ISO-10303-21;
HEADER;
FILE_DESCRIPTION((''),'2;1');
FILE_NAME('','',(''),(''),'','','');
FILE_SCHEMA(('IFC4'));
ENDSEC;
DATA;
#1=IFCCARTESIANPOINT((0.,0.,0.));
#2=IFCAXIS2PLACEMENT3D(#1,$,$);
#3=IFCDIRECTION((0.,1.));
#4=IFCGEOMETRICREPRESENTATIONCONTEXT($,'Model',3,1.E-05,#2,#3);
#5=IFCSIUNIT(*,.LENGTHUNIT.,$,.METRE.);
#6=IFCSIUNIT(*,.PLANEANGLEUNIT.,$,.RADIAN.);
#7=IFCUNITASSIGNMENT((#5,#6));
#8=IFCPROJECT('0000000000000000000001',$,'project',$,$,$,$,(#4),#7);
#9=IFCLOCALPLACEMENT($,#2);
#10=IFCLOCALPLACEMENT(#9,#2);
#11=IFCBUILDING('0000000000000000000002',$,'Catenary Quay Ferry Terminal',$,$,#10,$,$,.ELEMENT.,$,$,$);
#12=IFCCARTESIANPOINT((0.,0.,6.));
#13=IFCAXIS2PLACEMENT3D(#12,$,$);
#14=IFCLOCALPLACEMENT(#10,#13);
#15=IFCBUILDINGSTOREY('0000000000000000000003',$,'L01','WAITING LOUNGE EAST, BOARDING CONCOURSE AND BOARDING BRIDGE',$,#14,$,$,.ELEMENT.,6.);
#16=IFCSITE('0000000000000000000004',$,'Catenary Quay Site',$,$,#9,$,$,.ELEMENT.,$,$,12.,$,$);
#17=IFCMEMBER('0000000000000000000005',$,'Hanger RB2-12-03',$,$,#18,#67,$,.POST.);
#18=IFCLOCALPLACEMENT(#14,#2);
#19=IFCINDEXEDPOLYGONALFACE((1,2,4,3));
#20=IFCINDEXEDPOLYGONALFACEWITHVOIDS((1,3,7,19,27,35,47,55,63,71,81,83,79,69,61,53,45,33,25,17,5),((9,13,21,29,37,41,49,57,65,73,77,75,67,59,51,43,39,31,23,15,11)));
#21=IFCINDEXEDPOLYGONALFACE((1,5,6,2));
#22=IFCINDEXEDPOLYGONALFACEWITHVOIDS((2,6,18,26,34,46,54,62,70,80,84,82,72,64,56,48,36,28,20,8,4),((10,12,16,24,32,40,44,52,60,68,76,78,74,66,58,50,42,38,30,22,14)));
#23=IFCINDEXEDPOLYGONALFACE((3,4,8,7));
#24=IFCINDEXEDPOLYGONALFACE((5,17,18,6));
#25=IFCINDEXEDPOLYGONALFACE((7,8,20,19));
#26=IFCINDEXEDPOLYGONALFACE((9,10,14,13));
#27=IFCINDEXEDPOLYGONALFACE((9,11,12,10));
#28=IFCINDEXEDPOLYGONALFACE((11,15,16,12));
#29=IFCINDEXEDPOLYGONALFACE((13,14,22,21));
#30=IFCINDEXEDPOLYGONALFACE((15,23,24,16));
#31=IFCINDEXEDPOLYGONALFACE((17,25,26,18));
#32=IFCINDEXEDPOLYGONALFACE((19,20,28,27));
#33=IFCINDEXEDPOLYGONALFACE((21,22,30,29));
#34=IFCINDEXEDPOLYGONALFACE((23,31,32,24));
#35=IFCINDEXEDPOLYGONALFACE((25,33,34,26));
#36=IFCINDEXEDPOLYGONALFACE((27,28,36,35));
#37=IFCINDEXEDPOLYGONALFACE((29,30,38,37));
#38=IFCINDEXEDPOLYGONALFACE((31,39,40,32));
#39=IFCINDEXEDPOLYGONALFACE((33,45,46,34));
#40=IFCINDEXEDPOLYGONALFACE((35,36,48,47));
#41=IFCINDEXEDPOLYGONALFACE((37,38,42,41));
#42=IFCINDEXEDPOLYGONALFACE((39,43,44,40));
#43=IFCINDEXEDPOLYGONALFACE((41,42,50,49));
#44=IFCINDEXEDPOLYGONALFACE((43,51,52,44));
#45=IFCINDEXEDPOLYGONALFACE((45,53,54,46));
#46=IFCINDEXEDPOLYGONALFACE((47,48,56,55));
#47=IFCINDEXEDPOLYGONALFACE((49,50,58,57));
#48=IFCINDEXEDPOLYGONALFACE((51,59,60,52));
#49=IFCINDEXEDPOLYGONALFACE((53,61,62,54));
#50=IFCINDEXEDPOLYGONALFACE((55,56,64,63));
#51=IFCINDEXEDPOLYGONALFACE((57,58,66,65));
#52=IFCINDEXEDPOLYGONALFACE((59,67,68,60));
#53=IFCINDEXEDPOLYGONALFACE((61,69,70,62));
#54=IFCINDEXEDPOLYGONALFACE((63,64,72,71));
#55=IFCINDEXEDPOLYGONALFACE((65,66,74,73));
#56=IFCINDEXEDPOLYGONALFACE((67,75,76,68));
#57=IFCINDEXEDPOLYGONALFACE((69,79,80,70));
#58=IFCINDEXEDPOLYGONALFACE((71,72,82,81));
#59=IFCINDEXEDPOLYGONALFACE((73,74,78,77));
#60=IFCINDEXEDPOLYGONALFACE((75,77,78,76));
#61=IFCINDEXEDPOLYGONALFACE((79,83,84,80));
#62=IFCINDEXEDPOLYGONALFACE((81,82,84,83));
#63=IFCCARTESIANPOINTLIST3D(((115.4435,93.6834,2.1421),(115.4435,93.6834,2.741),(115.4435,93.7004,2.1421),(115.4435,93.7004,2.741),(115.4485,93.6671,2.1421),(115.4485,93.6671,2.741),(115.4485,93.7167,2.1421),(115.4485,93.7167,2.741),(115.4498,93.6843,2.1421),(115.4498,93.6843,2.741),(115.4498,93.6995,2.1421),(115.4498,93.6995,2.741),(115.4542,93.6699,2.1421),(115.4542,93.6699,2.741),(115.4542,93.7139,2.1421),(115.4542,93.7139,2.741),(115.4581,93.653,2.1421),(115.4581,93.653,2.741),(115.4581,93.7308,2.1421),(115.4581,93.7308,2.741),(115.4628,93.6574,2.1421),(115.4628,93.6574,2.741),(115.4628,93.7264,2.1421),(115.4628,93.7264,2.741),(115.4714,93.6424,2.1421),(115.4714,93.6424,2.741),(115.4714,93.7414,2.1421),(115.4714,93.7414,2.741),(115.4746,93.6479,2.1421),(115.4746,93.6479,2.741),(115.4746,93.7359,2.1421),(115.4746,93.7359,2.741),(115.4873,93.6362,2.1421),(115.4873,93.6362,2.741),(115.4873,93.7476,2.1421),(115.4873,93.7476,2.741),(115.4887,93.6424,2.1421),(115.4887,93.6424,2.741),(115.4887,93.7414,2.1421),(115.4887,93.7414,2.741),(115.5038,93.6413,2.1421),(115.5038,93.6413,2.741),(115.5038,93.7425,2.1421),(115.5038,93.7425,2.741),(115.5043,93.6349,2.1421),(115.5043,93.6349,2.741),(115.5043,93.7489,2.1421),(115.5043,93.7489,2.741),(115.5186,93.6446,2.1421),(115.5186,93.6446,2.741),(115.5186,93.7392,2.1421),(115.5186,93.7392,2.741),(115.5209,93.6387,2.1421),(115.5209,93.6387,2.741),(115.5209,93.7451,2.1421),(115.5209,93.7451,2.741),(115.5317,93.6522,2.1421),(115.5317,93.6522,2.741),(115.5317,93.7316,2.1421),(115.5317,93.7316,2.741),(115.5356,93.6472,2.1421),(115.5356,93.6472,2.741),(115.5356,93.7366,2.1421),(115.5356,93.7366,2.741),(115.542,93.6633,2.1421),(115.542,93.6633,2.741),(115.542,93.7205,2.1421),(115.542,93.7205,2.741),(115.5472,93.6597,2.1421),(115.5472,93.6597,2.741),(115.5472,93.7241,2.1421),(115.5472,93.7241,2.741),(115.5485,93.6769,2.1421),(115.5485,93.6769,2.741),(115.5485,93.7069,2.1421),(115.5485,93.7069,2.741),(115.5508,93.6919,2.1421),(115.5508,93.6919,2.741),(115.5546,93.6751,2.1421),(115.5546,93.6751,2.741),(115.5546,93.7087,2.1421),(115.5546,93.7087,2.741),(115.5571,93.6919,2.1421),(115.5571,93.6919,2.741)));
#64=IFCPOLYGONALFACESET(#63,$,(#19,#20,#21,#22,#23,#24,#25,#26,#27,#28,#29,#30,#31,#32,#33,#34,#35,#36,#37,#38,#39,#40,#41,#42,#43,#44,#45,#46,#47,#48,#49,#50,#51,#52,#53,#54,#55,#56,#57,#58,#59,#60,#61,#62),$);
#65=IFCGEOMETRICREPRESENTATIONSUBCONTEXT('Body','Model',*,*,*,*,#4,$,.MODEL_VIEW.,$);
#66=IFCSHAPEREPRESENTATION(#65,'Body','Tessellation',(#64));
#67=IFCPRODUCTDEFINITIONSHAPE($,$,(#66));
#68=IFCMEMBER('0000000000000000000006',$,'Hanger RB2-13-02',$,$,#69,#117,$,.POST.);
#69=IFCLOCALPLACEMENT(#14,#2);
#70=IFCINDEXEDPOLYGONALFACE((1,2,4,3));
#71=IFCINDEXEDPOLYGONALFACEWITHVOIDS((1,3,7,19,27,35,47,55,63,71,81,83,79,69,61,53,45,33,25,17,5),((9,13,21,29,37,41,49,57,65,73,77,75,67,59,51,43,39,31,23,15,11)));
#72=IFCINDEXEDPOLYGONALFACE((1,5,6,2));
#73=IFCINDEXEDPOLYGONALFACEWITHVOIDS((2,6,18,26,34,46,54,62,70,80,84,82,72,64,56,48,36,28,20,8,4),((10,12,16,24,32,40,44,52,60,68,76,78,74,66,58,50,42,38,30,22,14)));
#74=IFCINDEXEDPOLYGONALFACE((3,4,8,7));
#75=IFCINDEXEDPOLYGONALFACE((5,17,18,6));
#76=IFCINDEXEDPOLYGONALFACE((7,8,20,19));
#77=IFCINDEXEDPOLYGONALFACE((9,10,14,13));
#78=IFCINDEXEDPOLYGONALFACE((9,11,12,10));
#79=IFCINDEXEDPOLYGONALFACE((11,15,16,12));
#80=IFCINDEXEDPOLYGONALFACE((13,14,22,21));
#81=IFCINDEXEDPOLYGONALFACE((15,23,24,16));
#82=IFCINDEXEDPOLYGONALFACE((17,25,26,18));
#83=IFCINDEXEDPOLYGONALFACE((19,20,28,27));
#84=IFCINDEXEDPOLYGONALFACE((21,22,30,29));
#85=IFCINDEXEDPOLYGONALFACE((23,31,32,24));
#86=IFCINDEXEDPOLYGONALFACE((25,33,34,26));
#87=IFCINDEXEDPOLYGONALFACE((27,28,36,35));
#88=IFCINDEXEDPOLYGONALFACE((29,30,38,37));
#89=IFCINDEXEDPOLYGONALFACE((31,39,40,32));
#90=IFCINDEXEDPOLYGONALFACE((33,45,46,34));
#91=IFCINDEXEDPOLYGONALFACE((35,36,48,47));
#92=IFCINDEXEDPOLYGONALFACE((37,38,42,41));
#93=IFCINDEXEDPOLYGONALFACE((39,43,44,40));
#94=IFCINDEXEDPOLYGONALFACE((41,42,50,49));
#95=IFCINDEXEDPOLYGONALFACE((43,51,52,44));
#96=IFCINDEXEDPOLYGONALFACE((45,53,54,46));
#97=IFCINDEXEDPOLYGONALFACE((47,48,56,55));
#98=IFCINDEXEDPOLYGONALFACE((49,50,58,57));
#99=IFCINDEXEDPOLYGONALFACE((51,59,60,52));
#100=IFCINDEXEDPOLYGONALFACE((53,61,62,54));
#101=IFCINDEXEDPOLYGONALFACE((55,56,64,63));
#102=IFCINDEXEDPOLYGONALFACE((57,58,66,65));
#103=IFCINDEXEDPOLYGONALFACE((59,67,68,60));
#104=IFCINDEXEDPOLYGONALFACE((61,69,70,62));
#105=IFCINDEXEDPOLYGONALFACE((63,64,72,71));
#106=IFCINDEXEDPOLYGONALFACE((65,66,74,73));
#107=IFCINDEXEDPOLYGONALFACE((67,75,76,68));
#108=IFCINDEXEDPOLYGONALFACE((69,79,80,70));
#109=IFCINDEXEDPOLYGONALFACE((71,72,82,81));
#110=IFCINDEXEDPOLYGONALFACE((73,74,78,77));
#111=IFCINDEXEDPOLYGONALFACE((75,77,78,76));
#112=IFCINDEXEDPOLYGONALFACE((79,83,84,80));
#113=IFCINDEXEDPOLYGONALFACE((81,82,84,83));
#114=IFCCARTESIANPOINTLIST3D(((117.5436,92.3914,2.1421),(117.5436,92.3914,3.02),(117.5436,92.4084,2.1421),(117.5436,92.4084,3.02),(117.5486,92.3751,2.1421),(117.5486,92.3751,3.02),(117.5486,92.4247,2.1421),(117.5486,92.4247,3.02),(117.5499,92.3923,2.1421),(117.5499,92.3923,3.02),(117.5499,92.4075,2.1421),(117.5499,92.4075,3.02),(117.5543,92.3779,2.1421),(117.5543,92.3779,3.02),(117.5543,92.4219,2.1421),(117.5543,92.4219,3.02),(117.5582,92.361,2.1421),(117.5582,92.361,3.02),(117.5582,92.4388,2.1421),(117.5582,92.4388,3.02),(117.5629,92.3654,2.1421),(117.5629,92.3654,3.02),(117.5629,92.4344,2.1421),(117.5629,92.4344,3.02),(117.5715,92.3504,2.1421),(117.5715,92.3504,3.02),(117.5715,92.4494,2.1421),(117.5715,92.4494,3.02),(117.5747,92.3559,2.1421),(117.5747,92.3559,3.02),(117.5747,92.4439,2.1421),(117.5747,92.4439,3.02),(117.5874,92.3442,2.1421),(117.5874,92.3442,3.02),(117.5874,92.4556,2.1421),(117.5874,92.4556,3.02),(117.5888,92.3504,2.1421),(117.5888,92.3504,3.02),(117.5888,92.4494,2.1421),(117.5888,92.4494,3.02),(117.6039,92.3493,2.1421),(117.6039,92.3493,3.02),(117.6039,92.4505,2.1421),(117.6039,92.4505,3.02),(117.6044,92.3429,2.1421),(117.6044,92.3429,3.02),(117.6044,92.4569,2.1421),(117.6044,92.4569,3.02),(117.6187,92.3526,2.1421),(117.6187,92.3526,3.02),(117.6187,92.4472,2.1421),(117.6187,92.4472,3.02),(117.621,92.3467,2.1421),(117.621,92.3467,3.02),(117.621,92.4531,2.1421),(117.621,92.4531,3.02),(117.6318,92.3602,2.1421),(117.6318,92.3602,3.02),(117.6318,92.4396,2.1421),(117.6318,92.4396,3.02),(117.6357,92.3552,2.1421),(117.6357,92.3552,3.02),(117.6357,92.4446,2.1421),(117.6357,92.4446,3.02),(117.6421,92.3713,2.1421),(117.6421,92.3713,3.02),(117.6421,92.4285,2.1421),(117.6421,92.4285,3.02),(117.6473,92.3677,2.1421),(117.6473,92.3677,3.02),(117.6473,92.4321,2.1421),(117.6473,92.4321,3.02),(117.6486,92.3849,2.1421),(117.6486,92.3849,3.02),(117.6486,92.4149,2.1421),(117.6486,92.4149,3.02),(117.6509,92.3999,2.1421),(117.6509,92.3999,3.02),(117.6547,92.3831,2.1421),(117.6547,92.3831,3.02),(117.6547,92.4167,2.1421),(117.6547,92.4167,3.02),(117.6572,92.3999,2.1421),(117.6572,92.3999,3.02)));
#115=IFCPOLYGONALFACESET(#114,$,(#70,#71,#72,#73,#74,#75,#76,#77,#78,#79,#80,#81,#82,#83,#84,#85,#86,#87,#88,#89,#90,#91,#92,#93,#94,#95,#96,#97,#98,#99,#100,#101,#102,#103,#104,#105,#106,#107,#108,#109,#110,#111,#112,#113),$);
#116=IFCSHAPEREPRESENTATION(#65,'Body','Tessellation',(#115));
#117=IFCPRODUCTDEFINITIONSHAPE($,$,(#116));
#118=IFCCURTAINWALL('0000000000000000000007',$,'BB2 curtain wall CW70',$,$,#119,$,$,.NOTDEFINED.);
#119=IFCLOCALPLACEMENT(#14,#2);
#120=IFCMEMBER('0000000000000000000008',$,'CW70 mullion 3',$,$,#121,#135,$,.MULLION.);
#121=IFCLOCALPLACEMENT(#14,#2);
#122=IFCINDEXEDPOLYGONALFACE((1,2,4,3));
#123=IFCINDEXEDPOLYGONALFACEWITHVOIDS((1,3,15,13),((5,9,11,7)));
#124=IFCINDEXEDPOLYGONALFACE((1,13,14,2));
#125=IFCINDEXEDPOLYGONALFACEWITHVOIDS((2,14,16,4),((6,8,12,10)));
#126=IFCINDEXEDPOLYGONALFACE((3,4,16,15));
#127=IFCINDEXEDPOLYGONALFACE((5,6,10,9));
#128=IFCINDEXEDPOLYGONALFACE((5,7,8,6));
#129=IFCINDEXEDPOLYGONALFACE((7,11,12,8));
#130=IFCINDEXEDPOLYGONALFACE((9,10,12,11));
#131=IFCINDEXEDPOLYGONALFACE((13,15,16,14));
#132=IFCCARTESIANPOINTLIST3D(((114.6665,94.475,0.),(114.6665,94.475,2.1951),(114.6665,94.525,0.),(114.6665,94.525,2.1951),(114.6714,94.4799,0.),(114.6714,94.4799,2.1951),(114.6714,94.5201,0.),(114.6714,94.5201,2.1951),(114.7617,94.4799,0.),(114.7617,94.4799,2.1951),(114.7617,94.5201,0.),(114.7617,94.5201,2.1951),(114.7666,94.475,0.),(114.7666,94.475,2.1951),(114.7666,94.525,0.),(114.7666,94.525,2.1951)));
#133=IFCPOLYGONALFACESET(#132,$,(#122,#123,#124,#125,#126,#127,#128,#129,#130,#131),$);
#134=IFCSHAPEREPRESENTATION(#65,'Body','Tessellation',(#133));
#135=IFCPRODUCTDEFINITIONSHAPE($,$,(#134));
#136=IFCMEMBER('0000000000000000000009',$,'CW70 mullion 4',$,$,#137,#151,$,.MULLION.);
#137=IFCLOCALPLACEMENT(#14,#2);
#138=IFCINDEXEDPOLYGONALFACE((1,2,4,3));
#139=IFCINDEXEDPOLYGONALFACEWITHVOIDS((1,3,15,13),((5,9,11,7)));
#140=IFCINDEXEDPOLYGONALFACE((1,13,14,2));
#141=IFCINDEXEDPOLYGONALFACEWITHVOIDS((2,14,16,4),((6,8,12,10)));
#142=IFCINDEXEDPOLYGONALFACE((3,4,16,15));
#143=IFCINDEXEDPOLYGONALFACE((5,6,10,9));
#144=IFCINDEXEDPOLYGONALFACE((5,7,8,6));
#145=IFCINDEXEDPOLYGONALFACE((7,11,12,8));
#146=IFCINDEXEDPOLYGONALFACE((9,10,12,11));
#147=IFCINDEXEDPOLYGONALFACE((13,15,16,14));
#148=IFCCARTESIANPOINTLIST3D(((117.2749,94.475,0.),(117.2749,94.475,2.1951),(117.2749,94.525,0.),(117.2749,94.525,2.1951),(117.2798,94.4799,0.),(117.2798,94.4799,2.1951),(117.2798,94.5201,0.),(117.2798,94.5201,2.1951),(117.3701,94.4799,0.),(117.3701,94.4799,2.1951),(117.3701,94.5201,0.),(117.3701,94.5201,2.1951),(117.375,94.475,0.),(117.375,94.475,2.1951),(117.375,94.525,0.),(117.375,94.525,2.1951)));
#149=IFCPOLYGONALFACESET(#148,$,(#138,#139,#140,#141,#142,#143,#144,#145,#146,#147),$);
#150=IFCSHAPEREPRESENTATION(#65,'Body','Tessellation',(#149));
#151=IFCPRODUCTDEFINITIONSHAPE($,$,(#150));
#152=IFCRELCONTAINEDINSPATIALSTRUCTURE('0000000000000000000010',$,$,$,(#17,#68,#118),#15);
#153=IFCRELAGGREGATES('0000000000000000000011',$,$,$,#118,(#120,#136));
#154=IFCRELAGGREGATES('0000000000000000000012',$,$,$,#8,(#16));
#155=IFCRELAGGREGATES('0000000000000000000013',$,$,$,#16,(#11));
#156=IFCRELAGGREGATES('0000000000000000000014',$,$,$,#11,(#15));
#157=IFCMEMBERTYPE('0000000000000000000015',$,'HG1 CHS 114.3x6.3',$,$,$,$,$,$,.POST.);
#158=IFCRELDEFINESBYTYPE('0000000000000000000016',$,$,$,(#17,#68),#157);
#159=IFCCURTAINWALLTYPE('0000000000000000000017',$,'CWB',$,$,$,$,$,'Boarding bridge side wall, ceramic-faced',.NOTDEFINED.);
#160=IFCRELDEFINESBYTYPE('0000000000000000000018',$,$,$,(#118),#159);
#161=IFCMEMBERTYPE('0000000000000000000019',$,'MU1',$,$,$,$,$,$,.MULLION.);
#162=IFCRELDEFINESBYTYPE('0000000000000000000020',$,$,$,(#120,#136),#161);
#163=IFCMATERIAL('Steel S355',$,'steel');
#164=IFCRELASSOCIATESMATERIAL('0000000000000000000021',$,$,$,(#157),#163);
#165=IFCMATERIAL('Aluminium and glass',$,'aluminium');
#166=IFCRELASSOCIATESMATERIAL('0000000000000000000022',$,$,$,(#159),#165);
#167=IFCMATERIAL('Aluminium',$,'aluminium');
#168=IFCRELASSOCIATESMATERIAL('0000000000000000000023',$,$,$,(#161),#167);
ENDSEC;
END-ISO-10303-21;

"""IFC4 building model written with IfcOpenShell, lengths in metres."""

from ifc_helpers import new_model, si_unit, direction, frame, origin, origin_2d, place, context, subcontext, project, spatial, hollow_rectangle, hollow_circle, extrude, material, material_profile, profile_set, type_object, element, aggregate, save


model = new_model("IFC4")

# Units and contexts
model_context = context("Model", 3, precision=1e-05, world=origin(), true_north=direction((0.0, 1.0)))
body_context = subcontext(model_context, "Body", "Model", "MODEL_VIEW")
ifc_project = project(units=[si_unit("LENGTHUNIT", "METRE"), si_unit("PLANEANGLEUNIT", "RADIAN")], contexts=[model_context])

# Site, building, storey
site_placement = place(None, origin())
site = spatial("IfcSite", under=ifc_project, at=site_placement, Name="Catenary Quay Site", CompositionType="ELEMENT", RefElevation=12.0)
building_placement = place(site_placement, origin())
building = spatial("IfcBuilding", under=site, at=building_placement, Name="Catenary Quay Ferry Terminal", CompositionType="ELEMENT")
storey_placement = place(building_placement, frame((0.0, 0.0, 6.0)))
storey = spatial("IfcBuildingStorey", under=building, at=storey_placement, Name="L01", Description="WAITING LOUNGE EAST, BOARDING CONCOURSE AND BOARDING BRIDGE", CompositionType="ELEMENT", Elevation=6.0)

# Members
ifc_material_1 = material(Name="Steel S355", Category="steel")
ifc_material_profile_1 = material_profile(ifc_material_1, hollow_circle(Radius=0.0571, WallThickness=0.0063, at=origin_2d()), Name="CHS 114.3x6.3")
ifc_profile_set_1 = profile_set([ifc_material_profile_1], Name="Steel S355")
member_type_1 = type_object("IfcMemberType", Name="HG1 CHS 114.3x6.3", PredefinedType="POST", material=ifc_profile_set_1)
member_1_placement = place(storey_placement, frame((115.5, 93.6919, 2.1421), z_axis=(0.0, 0.0, 1.0), x_axis=(1.0, 0.0, 0.0)))
element("IfcMember", 1, at=member_1_placement, inside=storey, type_object=member_type_1, Name="Hanger RB2-12-03", PredefinedType="POST", context=body_context, shape_type="SweptSolid", body=[
    extrude(hollow_circle(Radius=0.0571, WallThickness=0.0063, at=origin_2d()), origin(), (0.0, 0.0, 1.0), 0.5989),
])
member_2_placement = place(storey_placement, frame((117.6001, 92.3999, 2.1421), z_axis=(0.0, 0.0, 1.0), x_axis=(1.0, 0.0, 0.0)))
element("IfcMember", 2, at=member_2_placement, inside=storey, type_object=member_type_1, Name="Hanger RB2-13-02", PredefinedType="POST", context=body_context, shape_type="SweptSolid", body=[
    extrude(hollow_circle(Radius=0.0571, WallThickness=0.0063, at=origin_2d()), origin(), (0.0, 0.0, 1.0), 0.8779),
])

# Curtain wall, members
ifc_material_2 = material(Name="Aluminium and glass", Category="aluminium")
curtain_wall_type = type_object("IfcCurtainWallType", Name="CWB", ElementType="Boarding bridge side wall, ceramic-faced", PredefinedType="NOTDEFINED", material=ifc_material_2)
curtain_wall_placement = place(storey_placement, origin())
curtain_wall = element("IfcCurtainWall", 3, at=curtain_wall_placement, inside=storey, type_object=curtain_wall_type, Name="BB2 curtain wall CW70", PredefinedType="NOTDEFINED")
ifc_material_3 = material(Name="Aluminium", Category="aluminium")
ifc_material_profile_2 = material_profile(ifc_material_3, hollow_rectangle(XDim=0.05, YDim=0.1001, WallThickness=0.0049, at=origin_2d()), Name="MU1")
ifc_profile_set_2 = profile_set([ifc_material_profile_2], Name="Aluminium")
member_type_2 = type_object("IfcMemberType", Name="MU1", PredefinedType="MULLION", material=ifc_profile_set_2)
member_3_placement = place(storey_placement, frame((114.7166, 94.5, 0.0), z_axis=(0.0, 0.0, 1.0), x_axis=(0.0, 1.0, 0.0)))
member_3 = element("IfcMember", 4, at=member_3_placement, type_object=member_type_2, Name="CW70 mullion 3", PredefinedType="MULLION", context=body_context, shape_type="SweptSolid", body=[
    extrude(hollow_rectangle(XDim=0.05, YDim=0.1001, WallThickness=0.0049, at=origin_2d()), origin(), (0.0, 0.0, 1.0), 2.1951),
])
member_4_placement = place(storey_placement, frame((117.325, 94.5, 0.0), z_axis=(0.0, 0.0, 1.0), x_axis=(0.0, 1.0, 0.0)))
member_4 = element("IfcMember", 5, at=member_4_placement, type_object=member_type_2, Name="CW70 mullion 4", PredefinedType="MULLION", context=body_context, shape_type="SweptSolid", body=[
    extrude(hollow_rectangle(XDim=0.05, YDim=0.1001, WallThickness=0.0049, at=origin_2d()), origin(), (0.0, 0.0, 1.0), 2.1951),
])

aggregate(curtain_wall, [member_3, member_4])

save(model, "model.ifc")
